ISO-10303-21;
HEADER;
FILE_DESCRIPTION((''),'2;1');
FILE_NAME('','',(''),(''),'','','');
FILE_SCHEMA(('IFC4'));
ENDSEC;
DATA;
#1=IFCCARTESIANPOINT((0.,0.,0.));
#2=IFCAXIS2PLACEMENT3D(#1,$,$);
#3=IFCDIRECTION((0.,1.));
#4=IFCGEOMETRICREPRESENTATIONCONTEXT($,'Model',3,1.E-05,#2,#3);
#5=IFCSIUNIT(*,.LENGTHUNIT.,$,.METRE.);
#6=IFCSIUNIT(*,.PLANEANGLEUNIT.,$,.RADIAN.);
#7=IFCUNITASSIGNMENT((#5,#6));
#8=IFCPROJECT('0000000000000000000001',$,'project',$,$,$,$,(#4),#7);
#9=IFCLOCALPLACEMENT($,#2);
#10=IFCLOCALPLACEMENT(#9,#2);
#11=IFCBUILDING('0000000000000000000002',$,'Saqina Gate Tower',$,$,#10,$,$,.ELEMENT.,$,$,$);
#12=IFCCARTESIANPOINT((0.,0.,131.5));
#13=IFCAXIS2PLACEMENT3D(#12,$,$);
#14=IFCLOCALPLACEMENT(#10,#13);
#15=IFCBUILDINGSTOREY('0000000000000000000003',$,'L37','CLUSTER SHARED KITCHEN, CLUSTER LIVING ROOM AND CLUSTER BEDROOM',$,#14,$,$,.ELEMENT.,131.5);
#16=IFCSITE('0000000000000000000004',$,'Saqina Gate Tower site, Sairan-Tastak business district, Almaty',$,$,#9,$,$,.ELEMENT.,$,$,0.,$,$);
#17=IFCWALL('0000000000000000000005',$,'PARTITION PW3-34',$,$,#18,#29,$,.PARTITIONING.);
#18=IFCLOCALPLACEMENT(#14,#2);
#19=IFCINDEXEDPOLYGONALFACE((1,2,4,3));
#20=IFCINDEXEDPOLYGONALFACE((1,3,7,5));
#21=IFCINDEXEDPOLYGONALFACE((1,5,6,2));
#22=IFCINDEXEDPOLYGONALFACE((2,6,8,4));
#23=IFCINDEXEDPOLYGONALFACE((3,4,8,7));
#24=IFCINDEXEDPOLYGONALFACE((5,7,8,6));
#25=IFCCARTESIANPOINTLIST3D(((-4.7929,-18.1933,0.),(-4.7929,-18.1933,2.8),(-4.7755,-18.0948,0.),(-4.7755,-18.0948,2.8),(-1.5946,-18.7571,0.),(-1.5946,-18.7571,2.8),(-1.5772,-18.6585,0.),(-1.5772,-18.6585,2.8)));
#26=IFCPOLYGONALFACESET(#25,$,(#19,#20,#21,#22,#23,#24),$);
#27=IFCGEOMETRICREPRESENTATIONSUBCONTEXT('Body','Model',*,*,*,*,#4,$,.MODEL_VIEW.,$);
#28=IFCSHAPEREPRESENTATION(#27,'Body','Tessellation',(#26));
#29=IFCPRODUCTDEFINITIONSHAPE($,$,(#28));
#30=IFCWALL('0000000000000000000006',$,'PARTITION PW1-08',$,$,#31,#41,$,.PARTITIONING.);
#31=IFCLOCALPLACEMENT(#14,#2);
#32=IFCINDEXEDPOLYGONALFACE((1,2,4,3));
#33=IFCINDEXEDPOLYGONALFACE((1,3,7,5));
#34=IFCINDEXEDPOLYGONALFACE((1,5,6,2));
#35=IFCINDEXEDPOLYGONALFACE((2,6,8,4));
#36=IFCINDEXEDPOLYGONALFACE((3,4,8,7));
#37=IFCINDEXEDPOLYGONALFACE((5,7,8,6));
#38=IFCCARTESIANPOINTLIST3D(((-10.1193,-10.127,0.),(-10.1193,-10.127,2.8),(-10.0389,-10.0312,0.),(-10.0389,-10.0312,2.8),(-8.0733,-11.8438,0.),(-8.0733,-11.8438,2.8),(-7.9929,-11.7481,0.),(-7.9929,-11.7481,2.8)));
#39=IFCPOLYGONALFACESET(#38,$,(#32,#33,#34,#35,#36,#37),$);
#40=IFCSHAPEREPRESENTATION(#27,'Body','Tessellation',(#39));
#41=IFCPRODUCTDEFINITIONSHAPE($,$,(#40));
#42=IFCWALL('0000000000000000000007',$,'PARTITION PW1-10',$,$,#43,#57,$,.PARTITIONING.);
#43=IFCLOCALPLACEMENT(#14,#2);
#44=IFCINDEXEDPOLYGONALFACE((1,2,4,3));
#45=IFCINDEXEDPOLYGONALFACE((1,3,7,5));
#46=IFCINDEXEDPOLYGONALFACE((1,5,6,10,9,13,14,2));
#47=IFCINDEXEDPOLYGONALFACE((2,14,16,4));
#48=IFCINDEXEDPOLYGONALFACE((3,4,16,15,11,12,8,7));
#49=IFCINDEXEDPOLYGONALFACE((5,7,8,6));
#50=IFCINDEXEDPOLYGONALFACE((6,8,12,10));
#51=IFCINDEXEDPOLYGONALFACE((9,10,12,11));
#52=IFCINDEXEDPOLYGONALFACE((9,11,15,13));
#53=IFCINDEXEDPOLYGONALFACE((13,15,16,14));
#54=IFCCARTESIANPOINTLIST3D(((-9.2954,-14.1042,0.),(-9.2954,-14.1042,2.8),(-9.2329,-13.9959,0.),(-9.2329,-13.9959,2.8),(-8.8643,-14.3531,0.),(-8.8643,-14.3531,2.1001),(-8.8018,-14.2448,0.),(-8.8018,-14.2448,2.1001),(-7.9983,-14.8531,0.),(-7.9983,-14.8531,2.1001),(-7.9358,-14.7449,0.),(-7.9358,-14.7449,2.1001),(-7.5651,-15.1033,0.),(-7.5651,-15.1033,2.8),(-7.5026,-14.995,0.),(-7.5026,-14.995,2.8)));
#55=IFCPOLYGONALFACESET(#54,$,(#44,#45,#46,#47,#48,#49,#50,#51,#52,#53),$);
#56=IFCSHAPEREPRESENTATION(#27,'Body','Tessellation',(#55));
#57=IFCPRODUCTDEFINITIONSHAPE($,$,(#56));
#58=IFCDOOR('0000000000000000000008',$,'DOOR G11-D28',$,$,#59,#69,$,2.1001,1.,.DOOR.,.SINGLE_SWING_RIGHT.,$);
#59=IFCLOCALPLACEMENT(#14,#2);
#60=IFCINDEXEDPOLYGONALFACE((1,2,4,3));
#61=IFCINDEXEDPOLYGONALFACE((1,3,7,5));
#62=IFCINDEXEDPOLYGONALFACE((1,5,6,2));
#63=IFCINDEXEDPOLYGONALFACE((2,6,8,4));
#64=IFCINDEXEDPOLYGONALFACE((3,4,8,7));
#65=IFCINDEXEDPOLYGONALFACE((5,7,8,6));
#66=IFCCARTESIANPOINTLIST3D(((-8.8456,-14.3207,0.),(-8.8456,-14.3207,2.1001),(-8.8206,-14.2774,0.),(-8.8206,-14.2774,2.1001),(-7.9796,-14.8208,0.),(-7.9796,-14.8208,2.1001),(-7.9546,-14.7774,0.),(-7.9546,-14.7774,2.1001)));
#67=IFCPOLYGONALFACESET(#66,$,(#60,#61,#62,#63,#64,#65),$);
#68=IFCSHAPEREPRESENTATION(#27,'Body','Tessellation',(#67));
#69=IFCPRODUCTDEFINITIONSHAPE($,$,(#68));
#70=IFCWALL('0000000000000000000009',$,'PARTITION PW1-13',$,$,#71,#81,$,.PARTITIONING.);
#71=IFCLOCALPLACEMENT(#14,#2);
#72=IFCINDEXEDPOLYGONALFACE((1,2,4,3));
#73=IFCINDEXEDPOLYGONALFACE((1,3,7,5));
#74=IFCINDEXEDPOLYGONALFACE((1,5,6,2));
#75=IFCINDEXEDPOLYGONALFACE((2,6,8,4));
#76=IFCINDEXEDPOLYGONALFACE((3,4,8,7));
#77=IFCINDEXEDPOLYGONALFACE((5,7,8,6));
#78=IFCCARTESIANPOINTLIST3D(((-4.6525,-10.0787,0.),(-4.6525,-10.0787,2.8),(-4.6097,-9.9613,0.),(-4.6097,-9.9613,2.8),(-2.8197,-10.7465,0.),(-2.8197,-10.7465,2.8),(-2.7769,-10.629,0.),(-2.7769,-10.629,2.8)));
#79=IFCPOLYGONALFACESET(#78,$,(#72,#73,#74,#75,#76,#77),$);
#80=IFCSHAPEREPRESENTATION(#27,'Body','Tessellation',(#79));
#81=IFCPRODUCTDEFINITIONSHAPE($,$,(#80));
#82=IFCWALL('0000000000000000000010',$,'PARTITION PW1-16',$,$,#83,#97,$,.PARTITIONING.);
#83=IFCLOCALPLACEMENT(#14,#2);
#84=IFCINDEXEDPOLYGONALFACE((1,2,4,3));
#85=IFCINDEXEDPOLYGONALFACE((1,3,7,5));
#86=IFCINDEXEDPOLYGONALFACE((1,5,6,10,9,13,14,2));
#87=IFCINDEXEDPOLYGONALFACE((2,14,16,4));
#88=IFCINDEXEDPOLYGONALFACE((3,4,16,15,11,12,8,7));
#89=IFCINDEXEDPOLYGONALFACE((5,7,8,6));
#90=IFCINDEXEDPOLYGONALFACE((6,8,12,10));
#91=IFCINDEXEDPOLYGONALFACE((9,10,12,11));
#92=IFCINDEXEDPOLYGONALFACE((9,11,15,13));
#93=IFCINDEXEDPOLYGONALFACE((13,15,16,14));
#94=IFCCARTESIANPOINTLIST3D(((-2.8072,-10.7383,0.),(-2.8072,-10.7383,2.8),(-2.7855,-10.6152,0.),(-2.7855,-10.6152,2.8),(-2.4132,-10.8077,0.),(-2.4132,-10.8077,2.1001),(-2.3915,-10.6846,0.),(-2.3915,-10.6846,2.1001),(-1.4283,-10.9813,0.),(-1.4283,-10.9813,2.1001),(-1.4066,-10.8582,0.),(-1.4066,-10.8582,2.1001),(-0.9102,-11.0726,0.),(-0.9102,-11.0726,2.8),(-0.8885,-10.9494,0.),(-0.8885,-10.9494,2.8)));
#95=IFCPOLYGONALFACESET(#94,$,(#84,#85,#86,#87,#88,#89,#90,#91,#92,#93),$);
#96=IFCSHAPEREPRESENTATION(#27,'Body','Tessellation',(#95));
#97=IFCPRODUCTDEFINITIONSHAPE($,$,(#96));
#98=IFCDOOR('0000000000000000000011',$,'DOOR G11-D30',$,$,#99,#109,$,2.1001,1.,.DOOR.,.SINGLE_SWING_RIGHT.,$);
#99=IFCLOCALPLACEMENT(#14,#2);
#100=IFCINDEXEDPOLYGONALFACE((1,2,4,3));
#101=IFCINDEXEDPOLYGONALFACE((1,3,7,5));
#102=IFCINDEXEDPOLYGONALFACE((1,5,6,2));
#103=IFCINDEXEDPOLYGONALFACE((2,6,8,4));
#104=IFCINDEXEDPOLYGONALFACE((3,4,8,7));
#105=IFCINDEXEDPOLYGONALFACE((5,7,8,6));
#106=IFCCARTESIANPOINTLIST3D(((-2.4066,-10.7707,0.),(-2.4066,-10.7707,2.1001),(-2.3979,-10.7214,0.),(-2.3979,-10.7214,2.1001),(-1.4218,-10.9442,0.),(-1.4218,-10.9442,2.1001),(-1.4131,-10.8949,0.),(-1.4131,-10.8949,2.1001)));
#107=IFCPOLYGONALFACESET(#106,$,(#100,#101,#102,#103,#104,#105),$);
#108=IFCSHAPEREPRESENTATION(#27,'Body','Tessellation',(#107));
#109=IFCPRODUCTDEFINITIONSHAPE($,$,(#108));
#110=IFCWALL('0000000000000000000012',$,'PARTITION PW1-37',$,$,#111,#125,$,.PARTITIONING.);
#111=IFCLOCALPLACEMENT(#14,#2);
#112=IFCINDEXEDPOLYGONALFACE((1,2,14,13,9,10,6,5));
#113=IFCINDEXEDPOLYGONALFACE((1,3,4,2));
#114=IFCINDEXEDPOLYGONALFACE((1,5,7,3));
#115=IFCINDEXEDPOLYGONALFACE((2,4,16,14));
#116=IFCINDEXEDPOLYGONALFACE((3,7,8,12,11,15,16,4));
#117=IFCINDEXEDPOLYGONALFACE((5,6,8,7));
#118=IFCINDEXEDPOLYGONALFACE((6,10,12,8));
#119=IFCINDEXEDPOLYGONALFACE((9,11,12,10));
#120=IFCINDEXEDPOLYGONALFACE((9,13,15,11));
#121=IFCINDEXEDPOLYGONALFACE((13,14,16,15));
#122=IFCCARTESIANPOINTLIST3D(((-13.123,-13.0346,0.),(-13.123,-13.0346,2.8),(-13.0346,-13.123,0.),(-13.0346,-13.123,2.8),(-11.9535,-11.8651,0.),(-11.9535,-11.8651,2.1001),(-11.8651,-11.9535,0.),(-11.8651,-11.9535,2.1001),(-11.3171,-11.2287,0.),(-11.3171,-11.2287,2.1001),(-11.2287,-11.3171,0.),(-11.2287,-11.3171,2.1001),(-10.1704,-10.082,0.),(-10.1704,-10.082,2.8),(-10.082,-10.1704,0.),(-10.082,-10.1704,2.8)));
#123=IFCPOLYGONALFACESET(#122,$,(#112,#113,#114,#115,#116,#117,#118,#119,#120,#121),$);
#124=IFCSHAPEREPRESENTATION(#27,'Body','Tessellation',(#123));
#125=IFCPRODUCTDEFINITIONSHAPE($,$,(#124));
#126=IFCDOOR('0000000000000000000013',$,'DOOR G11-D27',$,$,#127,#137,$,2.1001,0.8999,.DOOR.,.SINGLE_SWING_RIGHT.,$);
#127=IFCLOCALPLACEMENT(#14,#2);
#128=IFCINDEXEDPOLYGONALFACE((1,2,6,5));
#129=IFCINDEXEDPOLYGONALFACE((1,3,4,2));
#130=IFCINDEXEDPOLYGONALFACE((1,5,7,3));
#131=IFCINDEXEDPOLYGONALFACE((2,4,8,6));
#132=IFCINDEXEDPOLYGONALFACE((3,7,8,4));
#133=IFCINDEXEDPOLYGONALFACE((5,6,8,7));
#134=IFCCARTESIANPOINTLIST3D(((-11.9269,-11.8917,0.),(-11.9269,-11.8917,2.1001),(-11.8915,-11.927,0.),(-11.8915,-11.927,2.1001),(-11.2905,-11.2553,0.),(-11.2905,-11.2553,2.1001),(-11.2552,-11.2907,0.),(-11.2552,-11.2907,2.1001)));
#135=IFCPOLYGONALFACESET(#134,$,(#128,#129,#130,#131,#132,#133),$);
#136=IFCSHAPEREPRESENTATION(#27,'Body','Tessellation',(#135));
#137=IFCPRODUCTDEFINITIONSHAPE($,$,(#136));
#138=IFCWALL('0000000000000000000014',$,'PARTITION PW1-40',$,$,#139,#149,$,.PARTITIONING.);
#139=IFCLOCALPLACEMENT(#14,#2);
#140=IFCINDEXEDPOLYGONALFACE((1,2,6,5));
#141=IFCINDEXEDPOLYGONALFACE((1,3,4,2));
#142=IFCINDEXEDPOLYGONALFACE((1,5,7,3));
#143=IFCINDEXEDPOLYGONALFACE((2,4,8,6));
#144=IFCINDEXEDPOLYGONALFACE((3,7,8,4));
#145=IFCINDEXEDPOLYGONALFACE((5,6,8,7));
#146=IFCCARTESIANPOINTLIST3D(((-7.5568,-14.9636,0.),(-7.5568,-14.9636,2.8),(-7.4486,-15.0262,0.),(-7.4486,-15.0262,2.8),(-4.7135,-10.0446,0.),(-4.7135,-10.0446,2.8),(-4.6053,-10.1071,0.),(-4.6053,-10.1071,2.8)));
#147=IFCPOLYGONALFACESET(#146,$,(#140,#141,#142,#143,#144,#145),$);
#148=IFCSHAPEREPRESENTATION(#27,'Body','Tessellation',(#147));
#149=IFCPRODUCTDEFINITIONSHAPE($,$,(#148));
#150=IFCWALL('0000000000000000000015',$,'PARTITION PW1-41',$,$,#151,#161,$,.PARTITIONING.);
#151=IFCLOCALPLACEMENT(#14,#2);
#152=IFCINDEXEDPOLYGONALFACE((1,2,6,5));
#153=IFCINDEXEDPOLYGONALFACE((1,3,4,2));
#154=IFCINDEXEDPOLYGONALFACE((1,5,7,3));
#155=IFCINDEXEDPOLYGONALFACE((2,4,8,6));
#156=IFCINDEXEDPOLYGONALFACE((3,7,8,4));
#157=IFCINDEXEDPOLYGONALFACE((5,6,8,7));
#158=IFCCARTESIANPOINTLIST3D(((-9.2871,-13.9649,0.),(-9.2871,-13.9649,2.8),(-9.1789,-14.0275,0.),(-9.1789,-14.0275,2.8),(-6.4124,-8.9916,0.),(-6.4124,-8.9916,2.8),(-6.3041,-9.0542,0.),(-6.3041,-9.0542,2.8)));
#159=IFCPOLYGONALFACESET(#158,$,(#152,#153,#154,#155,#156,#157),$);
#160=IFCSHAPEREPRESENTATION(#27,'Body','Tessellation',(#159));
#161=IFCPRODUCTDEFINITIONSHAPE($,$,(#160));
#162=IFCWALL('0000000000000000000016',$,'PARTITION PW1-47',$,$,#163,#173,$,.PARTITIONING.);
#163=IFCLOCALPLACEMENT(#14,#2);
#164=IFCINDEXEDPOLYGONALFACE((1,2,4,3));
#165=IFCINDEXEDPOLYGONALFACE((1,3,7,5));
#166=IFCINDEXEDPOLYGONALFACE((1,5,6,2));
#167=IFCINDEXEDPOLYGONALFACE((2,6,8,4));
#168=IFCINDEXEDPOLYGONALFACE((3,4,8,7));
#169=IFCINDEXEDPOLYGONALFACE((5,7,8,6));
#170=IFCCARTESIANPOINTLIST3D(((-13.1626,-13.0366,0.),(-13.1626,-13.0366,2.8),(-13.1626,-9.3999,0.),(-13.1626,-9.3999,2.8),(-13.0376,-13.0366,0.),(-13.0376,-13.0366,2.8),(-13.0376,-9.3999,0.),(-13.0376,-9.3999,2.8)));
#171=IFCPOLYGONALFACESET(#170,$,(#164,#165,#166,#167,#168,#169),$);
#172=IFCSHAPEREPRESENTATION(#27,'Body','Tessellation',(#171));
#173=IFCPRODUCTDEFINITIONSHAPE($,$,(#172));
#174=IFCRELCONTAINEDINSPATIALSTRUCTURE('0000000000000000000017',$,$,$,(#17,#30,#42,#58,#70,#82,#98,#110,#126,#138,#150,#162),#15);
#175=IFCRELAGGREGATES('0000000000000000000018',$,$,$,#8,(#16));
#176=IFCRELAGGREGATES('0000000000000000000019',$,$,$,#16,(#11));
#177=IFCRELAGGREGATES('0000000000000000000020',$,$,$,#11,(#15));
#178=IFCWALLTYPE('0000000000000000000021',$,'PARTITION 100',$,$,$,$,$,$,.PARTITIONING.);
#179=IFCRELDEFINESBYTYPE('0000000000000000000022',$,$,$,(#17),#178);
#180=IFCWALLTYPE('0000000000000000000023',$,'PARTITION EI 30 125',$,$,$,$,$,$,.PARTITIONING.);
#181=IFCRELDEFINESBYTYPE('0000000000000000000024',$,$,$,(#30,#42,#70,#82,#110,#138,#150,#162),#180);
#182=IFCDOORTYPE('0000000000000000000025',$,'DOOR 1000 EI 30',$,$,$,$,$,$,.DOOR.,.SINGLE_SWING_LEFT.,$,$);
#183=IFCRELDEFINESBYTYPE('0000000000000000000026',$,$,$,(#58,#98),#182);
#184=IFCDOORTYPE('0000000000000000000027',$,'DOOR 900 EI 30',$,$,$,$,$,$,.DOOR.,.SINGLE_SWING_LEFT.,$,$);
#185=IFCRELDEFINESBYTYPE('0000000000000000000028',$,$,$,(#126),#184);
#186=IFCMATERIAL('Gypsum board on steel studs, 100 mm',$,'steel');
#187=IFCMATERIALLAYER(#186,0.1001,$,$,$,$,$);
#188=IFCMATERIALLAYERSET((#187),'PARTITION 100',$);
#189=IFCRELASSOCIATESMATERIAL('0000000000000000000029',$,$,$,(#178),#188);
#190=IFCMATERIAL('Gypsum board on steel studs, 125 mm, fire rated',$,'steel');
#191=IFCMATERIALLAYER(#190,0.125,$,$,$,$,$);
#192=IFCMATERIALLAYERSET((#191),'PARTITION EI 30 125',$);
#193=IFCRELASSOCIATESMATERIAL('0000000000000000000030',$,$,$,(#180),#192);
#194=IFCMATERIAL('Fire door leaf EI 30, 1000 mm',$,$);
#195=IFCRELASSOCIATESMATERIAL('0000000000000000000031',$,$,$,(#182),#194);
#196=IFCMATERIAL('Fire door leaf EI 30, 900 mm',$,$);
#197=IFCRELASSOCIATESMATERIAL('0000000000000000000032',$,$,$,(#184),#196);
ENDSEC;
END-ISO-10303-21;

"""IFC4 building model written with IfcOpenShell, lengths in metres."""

from ifc_helpers import new_model, si_unit, direction, frame, frame_2d, origin, place, context, subcontext, project, spatial, rectangle, extrude, material, layer, layer_set, type_object, element, fill, save


model = new_model("IFC4")

# Units and contexts
model_context = context("Model", 3, precision=1e-05, world=origin(), true_north=direction((0.0, 1.0)))
body_context = subcontext(model_context, "Body", "Model", "MODEL_VIEW")
ifc_project = project(units=[si_unit("LENGTHUNIT", "METRE"), si_unit("PLANEANGLEUNIT", "RADIAN")], contexts=[model_context])

# Site, building, storey
site_placement = place(None, origin())
site = spatial("IfcSite", under=ifc_project, at=site_placement, Name="Saqina Gate Tower site, Sairan-Tastak business district, Almaty", CompositionType="ELEMENT", RefElevation=0.0)
building_placement = place(site_placement, origin())
building = spatial("IfcBuilding", under=site, at=building_placement, Name="Saqina Gate Tower", CompositionType="ELEMENT")
storey_placement = place(building_placement, frame((0.0, 0.0, 131.5)))
storey = spatial("IfcBuildingStorey", under=building, at=storey_placement, Name="L37", Description="CLUSTER SHARED KITCHEN, CLUSTER LIVING ROOM AND CLUSTER BEDROOM", CompositionType="ELEMENT", Elevation=131.5)

# Walls
ifc_material_1 = material(Name="Gypsum board on steel studs, 100 mm", Category="steel")
ifc_layer_1 = layer(ifc_material_1, 0.1001)
ifc_layer_set_1 = layer_set([ifc_layer_1], Name="PARTITION 100")
wall_type_1 = type_object("IfcWallType", Name="PARTITION 100", PredefinedType="PARTITIONING", material=ifc_layer_set_1)
wall_1_placement = place(storey_placement, frame((-4.7842, -18.144, 0.0), z_axis=(0.0, 0.0, 1.0), x_axis=(0.984819, -0.173584, 0.0)))
element("IfcWall", 1, at=wall_1_placement, inside=storey, type_object=wall_type_1, Name="PARTITION PW3-34", PredefinedType="PARTITIONING", context=body_context, shape_type="SweptSolid", body=[
    extrude(rectangle(XDim=3.2476, YDim=0.1001, at=frame_2d((1.6238, 0.0))), origin(), (0.0, 0.0, 1.0), 2.8),
])
ifc_material_2 = material(Name="Gypsum board on steel studs, 125 mm, fire rated", Category="steel")
ifc_layer_2 = layer(ifc_material_2, 0.125)
ifc_layer_set_2 = layer_set([ifc_layer_2], Name="PARTITION EI 30 125")
wall_type_2 = type_object("IfcWallType", Name="PARTITION EI 30 125", PredefinedType="PARTITIONING", material=ifc_layer_set_2)
wall_2_placement = place(storey_placement, frame((-10.0791, -10.0791, 0.0), z_axis=(0.0, 0.0, 1.0), x_axis=(0.766029, -0.642806, 0.0)))
element("IfcWall", 2, at=wall_2_placement, inside=storey, type_object=wall_type_2, Name="PARTITION PW1-08", PredefinedType="PARTITIONING", context=body_context, shape_type="SweptSolid", body=[
    extrude(rectangle(XDim=2.6709, YDim=0.125, at=frame_2d((1.3354, 0.0))), origin(), (0.0, 0.0, 1.0), 2.8),
])

# Wall, opening, door
wall_3_placement = place(storey_placement, frame((-9.2642, -14.05, 0.0), z_axis=(0.0, 0.0, 1.0), x_axis=(0.866009, -0.500029, 0.0)))
wall_3 = element("IfcWall", 3, at=wall_3_placement, inside=storey, type_object=wall_type_2, Name="PARTITION PW1-10", PredefinedType="PARTITIONING", context=body_context, shape_type="SweptSolid", body=[
    extrude(rectangle(XDim=1.998, YDim=0.125, at=frame_2d((0.999, 0.0))), origin(), (0.0, 0.0, 1.0), 2.8),
])
opening_1_placement = place(wall_3_placement, frame((0.4978, 0.0, 0.0)))
opening_1 = element("IfcOpeningElement", 4, at=opening_1_placement, cuts=wall_3, PredefinedType="OPENING", context=body_context, shape_type="SweptSolid", body=[
    extrude(rectangle(XDim=1.0, YDim=2.1001, at=frame_2d((0.5, 1.05))), frame((0.0, 0.0745, 0.0), z_axis=(0.0, -1.0, 0.0), x_axis=(1.0, 0.0, 0.0)), (0.0, 0.0, 1.0), 0.1489),
])
ifc_material_3 = material(Name="Fire door leaf EI 30, 1000 mm")
door_type_1 = type_object("IfcDoorType", Name="DOOR 1000 EI 30", OperationType="SINGLE_SWING_LEFT", PredefinedType="DOOR", material=ifc_material_3)
door_1_placement = place(opening_1_placement, origin())
door_1 = element("IfcDoor", 5, at=door_1_placement, inside=storey, type_object=door_type_1, Name="DOOR G11-D28", OperationType="SINGLE_SWING_RIGHT", OverallHeight=2.1001, OverallWidth=1.0, PredefinedType="DOOR", context=body_context, shape_type="SweptSolid", body=[
    extrude(rectangle(XDim=1.0, YDim=2.1001, at=frame_2d((0.5, 1.05))), frame((0.0, 0.0249, 0.0), z_axis=(0.0, -1.0, 0.0), x_axis=(1.0, 0.0, 0.0)), (0.0, 0.0, 1.0), 0.05),
])
fill(opening_1, door_1)

# Wall
wall_4_placement = place(storey_placement, frame((-4.6311, -10.02, 0.0), z_axis=(0.0, 0.0, 1.0), x_axis=(0.939585, -0.342316, 0.0)))
element("IfcWall", 6, at=wall_4_placement, inside=storey, type_object=wall_type_2, Name="PARTITION PW1-13", PredefinedType="PARTITIONING", context=body_context, shape_type="SweptSolid", body=[
    extrude(rectangle(XDim=1.9507, YDim=0.125, at=frame_2d((0.9753, 0.0))), origin(), (0.0, 0.0, 1.0), 2.8),
])

# Walls, openings, doors
wall_5_placement = place(storey_placement, frame((-2.7964, -10.6768, 0.0), z_axis=(0.0, 0.0, 1.0), x_axis=(0.984831, -0.173518, 0.0)))
wall_5 = element("IfcWall", 7, at=wall_5_placement, inside=storey, type_object=wall_type_2, Name="PARTITION PW1-16", PredefinedType="PARTITIONING", context=body_context, shape_type="SweptSolid", body=[
    extrude(rectangle(XDim=1.9263, YDim=0.125, at=frame_2d((0.9631, 0.0))), origin(), (0.0, 0.0, 1.0), 2.8),
])
opening_2_placement = place(wall_5_placement, frame((0.4001, 0.0, 0.0)))
opening_2 = element("IfcOpeningElement", 8, at=opening_2_placement, cuts=wall_5, PredefinedType="OPENING", context=body_context, shape_type="SweptSolid", body=[
    extrude(rectangle(XDim=1.0, YDim=2.1001, at=frame_2d((0.5, 1.05))), frame((0.0, 0.0745, 0.0), z_axis=(0.0, -1.0, 0.0), x_axis=(1.0, 0.0, 0.0)), (0.0, 0.0, 1.0), 0.1489),
])
door_2_placement = place(opening_2_placement, frame((1.0, 0.0, 0.0), z_axis=(0.0, 0.0, 1.0), x_axis=(-1.0, 0.0, 0.0)))
door_2 = element("IfcDoor", 9, at=door_2_placement, inside=storey, type_object=door_type_1, Name="DOOR G11-D30", OperationType="SINGLE_SWING_RIGHT", OverallHeight=2.1001, OverallWidth=1.0, PredefinedType="DOOR", context=body_context, shape_type="SweptSolid", body=[
    extrude(rectangle(XDim=1.0, YDim=2.1001, at=frame_2d((0.5, 1.05))), frame((0.0, 0.0249, 0.0), z_axis=(0.0, -1.0, 0.0), x_axis=(1.0, 0.0, 0.0)), (0.0, 0.0, 1.0), 0.05),
])
fill(opening_2, door_2)
wall_6_placement = place(storey_placement, frame((-13.0789, -13.0789, 0.0), z_axis=(0.0, 0.0, 1.0), x_axis=(0.707107, 0.707107, 0.0)))
wall_6 = element("IfcWall", 10, at=wall_6_placement, inside=storey, type_object=wall_type_2, Name="PARTITION PW1-37", PredefinedType="PARTITIONING", context=body_context, shape_type="SweptSolid", body=[
    extrude(rectangle(XDim=4.1755, YDim=0.125, at=frame_2d((2.0879, 0.0))), origin(), (0.0, 0.0, 1.0), 2.8),
])
opening_3_placement = place(wall_6_placement, frame((1.6541, 0.0, 0.0)))
opening_3 = element("IfcOpeningElement", 11, at=opening_3_placement, cuts=wall_6, PredefinedType="OPENING", context=body_context, shape_type="SweptSolid", body=[
    extrude(rectangle(XDim=0.8999, YDim=2.1001, at=frame_2d((0.45, 1.05))), frame((0.0, 0.0745, 0.0), z_axis=(0.0, -1.0, 0.0), x_axis=(1.0, 0.0, 0.0)), (0.0, 0.0, 1.0), 0.1489),
])
ifc_material_4 = material(Name="Fire door leaf EI 30, 900 mm")
door_type_2 = type_object("IfcDoorType", Name="DOOR 900 EI 30", OperationType="SINGLE_SWING_LEFT", PredefinedType="DOOR", material=ifc_material_4)
door_3_placement = place(opening_3_placement, origin())
door_3 = element("IfcDoor", 12, at=door_3_placement, inside=storey, type_object=door_type_2, Name="DOOR G11-D27", OperationType="SINGLE_SWING_RIGHT", OverallHeight=2.1001, OverallWidth=0.8999, PredefinedType="DOOR", context=body_context, shape_type="SweptSolid", body=[
    extrude(rectangle(XDim=0.8999, YDim=2.1001, at=frame_2d((0.45, 1.05))), frame((0.0, 0.0249, 0.0), z_axis=(0.0, -1.0, 0.0), x_axis=(1.0, 0.0, 0.0)), (0.0, 0.0, 1.0), 0.05),
])
fill(opening_3, door_3)

# Walls
wall_7_placement = place(storey_placement, frame((-7.5027, -14.9949, 0.0), z_axis=(0.0, 0.0, 1.0), x_axis=(0.500437, 0.865773, 0.0)))
element("IfcWall", 13, at=wall_7_placement, inside=storey, type_object=wall_type_2, Name="PARTITION PW1-40", PredefinedType="PARTITIONING", context=body_context, shape_type="SweptSolid", body=[
    extrude(rectangle(XDim=5.6816, YDim=0.125, at=frame_2d((2.8408, 0.0))), origin(), (0.0, 0.0, 1.0), 2.8),
])
wall_8_placement = place(storey_placement, frame((-9.2329, -13.9961, 0.0), z_axis=(0.0, 0.0, 1.0), x_axis=(0.50044, 0.865771, 0.0)))
element("IfcWall", 14, at=wall_8_placement, inside=storey, type_object=wall_type_2, Name="PARTITION PW1-41", PredefinedType="PARTITIONING", context=body_context, shape_type="SweptSolid", body=[
    extrude(rectangle(XDim=5.7444, YDim=0.125, at=frame_2d((2.8721, 0.0))), origin(), (0.0, 0.0, 1.0), 2.8),
])
wall_9_placement = place(storey_placement, frame((-13.1001, -13.0366, 0.0), z_axis=(0.0, 0.0, 1.0), x_axis=(0.0, 1.0, 0.0)))
element("IfcWall", 15, at=wall_9_placement, inside=storey, type_object=wall_type_2, Name="PARTITION PW1-47", PredefinedType="PARTITIONING", context=body_context, shape_type="SweptSolid", body=[
    extrude(rectangle(XDim=3.6367, YDim=0.125, at=frame_2d((1.8184, 0.0))), origin(), (0.0, 0.0, 1.0), 2.8),
])

save(model, "model.ifc")
